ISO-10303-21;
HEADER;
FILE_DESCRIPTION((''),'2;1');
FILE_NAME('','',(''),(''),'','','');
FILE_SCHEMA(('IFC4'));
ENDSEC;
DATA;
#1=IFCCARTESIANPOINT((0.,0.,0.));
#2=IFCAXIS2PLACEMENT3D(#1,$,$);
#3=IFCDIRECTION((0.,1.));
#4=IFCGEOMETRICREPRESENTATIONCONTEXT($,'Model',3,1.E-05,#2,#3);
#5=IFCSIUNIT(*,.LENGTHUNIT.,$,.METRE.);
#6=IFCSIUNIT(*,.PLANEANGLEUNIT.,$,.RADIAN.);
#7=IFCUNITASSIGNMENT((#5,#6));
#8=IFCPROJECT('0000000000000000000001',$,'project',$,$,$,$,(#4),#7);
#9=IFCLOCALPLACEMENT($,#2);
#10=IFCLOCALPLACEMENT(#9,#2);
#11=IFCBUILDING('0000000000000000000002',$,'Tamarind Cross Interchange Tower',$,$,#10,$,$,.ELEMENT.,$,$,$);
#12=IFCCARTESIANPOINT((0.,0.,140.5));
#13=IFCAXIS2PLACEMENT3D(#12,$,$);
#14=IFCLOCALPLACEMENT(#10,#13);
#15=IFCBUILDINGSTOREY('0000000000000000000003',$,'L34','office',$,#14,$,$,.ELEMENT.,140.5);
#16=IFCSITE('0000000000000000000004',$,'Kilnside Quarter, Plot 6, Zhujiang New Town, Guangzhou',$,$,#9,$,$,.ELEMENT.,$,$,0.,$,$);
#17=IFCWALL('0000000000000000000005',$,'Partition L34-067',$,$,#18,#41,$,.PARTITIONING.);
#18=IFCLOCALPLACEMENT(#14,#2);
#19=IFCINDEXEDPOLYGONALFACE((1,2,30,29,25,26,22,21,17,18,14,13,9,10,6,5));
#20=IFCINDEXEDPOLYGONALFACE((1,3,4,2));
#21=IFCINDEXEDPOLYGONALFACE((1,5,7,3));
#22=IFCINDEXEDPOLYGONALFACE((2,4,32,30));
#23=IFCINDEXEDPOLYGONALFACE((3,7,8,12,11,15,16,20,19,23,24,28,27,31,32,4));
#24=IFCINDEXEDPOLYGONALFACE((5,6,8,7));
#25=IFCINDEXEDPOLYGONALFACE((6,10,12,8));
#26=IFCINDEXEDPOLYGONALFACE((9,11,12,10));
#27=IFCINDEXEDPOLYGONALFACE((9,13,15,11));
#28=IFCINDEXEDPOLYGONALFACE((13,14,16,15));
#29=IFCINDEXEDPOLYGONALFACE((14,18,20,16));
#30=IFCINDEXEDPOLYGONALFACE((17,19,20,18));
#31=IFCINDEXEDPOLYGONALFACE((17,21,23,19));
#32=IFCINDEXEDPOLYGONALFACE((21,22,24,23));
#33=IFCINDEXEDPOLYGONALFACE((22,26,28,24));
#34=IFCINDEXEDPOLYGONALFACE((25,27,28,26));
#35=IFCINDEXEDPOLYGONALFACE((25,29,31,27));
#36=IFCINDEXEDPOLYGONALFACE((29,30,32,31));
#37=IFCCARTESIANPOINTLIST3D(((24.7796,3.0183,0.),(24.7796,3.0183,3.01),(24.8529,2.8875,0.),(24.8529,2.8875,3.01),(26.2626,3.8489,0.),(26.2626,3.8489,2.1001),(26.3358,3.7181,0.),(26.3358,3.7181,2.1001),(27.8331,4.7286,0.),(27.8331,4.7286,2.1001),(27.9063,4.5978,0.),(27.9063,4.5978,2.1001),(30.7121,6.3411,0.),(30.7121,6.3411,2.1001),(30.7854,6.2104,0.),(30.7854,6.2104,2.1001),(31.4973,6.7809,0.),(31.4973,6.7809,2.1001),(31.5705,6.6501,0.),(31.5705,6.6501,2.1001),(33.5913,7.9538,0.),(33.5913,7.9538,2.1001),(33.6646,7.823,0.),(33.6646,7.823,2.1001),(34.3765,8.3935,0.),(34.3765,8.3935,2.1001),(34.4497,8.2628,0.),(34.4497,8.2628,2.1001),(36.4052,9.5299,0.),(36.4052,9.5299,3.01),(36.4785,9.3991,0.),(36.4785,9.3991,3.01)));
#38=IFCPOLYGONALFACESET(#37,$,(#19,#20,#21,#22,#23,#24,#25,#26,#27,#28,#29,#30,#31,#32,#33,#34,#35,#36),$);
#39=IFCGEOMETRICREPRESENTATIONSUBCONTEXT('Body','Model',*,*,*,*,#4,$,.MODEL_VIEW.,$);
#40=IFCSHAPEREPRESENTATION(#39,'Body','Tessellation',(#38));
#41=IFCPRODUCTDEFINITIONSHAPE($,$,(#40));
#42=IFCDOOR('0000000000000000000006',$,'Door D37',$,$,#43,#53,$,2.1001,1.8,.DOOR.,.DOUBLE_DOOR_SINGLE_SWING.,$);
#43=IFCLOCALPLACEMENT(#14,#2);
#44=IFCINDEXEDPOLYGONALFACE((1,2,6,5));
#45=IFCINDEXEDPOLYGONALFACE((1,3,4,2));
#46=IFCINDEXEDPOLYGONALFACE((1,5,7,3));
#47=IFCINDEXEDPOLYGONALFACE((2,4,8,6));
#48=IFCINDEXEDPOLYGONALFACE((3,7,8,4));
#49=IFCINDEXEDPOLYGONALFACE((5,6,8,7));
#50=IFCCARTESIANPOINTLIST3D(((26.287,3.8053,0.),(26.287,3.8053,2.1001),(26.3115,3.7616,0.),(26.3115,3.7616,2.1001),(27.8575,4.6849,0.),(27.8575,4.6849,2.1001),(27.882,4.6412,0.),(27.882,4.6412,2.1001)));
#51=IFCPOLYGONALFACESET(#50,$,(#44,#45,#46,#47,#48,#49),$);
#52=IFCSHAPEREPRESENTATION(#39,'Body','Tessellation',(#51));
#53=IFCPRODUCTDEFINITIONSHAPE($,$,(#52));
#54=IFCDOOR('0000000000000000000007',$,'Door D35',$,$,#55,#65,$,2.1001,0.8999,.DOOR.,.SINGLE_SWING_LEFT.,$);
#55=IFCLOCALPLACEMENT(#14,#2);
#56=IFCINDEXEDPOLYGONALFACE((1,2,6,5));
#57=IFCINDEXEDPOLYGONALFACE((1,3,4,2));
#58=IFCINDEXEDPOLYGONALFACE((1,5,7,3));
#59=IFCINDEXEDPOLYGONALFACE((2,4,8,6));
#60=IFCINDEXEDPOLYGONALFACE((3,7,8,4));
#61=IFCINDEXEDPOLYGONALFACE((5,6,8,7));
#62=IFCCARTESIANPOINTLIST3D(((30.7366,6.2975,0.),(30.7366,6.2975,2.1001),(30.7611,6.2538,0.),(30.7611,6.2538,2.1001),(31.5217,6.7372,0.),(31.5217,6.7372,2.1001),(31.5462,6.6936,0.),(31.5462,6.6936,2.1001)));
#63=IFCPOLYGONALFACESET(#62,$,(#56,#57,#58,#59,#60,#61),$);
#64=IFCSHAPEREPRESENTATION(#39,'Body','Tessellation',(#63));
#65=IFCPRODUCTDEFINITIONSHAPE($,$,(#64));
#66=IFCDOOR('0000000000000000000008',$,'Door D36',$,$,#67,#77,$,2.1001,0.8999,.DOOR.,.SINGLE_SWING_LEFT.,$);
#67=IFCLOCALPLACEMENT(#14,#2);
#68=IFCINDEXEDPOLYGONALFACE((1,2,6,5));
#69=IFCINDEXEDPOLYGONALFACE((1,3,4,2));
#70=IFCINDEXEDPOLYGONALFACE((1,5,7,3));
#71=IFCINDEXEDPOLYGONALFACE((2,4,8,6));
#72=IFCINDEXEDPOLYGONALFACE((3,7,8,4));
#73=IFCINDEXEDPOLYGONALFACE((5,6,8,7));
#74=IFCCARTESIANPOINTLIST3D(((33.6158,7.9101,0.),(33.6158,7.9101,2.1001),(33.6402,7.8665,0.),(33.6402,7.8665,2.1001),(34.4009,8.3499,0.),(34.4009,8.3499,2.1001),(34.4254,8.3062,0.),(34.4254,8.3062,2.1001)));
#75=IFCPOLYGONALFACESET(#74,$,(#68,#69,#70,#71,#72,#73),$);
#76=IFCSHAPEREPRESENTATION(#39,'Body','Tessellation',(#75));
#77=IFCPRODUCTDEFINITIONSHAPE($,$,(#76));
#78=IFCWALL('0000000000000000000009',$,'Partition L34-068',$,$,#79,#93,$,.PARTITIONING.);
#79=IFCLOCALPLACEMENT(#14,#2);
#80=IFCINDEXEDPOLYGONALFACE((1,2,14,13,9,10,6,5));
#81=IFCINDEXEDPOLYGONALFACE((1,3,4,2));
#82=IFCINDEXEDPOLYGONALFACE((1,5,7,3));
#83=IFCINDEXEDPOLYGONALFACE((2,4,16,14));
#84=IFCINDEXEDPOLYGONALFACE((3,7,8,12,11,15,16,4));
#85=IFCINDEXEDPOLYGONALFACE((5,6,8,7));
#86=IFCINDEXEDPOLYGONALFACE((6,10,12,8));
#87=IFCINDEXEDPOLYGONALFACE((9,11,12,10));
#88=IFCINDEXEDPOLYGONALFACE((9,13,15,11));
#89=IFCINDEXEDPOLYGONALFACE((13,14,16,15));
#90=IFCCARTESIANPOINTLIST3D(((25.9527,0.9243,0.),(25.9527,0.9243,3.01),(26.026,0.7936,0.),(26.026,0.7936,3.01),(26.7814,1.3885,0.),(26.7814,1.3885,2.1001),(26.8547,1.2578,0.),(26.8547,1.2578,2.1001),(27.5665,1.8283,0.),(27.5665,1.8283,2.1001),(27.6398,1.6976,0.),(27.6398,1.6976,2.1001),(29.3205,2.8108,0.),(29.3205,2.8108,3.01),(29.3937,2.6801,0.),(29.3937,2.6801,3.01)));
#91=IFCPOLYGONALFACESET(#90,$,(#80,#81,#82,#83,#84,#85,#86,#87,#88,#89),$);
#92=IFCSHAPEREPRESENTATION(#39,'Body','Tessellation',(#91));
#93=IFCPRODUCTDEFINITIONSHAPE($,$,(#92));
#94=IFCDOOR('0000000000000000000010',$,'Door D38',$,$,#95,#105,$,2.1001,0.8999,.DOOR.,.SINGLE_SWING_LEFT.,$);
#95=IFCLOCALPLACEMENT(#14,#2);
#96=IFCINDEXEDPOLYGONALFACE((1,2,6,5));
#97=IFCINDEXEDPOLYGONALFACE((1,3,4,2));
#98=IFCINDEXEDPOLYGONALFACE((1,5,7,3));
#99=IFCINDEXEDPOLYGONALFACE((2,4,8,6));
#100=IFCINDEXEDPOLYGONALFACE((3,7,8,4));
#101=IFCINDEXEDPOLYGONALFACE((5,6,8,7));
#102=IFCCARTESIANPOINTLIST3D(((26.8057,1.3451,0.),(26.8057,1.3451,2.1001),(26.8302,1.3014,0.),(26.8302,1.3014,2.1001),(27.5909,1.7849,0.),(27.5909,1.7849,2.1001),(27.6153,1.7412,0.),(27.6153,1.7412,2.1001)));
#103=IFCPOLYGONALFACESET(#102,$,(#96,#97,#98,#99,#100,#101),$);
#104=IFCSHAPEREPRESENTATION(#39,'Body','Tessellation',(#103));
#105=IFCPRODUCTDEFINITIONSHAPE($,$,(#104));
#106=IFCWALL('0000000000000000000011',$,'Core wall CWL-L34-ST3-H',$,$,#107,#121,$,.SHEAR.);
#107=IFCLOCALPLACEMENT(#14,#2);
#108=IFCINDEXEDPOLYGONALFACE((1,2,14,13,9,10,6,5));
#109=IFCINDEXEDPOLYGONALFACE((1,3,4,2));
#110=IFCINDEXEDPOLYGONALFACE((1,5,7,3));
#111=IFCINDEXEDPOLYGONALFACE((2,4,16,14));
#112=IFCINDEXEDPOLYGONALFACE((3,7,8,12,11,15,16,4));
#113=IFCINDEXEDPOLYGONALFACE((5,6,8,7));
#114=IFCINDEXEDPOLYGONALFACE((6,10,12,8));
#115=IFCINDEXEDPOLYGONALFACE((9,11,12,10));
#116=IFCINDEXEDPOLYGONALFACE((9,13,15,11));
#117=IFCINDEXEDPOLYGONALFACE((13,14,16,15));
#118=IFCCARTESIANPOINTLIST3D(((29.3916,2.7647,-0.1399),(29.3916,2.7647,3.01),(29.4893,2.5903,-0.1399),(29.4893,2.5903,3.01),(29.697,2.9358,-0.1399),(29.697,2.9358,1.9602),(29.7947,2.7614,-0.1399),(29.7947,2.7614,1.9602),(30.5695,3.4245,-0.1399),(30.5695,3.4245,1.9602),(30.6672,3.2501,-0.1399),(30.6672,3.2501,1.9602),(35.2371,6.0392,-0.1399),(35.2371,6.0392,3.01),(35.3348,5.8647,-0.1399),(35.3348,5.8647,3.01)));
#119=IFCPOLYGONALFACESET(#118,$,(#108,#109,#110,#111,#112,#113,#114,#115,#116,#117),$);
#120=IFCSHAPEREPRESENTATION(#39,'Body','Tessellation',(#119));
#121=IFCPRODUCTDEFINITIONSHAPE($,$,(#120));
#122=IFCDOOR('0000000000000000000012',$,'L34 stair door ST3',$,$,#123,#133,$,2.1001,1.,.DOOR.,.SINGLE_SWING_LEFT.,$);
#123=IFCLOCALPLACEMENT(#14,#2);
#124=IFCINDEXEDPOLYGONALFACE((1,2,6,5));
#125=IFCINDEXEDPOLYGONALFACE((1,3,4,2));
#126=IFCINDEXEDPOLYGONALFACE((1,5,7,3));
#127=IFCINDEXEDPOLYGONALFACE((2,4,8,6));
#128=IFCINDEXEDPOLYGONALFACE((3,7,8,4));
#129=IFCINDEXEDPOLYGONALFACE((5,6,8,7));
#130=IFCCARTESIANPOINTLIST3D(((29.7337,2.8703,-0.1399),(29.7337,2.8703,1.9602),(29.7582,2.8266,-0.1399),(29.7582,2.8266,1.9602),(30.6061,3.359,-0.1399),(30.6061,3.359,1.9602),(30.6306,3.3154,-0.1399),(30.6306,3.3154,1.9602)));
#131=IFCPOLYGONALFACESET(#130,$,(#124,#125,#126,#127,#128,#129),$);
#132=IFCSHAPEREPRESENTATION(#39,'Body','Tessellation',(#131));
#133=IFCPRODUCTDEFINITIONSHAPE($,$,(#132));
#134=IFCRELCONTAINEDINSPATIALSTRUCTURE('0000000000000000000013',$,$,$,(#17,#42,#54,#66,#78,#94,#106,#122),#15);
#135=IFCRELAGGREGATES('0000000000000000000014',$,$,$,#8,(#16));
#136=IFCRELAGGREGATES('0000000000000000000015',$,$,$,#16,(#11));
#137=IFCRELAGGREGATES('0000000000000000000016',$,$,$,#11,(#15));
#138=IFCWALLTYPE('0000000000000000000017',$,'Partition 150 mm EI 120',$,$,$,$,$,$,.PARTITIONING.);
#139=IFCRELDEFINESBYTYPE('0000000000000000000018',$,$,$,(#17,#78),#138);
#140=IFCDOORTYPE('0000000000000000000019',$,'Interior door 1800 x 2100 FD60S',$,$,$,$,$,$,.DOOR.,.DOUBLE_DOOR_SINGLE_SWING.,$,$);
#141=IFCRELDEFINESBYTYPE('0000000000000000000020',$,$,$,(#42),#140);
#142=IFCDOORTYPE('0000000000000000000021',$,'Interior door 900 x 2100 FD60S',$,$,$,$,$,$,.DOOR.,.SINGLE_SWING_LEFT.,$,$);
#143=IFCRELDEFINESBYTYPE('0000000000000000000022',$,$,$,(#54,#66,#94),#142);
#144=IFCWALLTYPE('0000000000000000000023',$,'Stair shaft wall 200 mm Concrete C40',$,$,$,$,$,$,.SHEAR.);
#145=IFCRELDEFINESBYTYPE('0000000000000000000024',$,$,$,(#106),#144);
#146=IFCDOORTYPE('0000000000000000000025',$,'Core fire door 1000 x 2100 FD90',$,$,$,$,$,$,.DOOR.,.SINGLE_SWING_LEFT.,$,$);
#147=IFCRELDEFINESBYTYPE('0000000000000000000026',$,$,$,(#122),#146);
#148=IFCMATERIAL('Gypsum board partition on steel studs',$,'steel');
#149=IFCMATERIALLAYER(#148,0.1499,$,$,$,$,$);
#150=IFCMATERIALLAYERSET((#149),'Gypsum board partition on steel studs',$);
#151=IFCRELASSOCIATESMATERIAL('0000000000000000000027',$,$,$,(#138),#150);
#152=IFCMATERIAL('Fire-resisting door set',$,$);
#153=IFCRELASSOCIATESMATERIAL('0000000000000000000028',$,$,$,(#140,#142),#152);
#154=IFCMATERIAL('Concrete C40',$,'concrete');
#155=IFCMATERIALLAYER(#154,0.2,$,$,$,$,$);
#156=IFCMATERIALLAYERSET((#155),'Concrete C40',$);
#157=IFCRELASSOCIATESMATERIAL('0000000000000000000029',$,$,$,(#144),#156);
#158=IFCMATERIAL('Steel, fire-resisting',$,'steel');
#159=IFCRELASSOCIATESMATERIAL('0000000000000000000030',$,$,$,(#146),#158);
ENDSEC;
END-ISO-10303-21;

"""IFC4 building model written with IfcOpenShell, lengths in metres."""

from ifc_helpers import new_model, si_unit, direction, frame, frame_2d, origin, place, context, subcontext, project, spatial, rectangle, extrude, material, layer, layer_set, type_object, element, fill, save


model = new_model("IFC4")

# Units and contexts
model_context = context("Model", 3, precision=1e-05, world=origin(), true_north=direction((0.0, 1.0)))
body_context = subcontext(model_context, "Body", "Model", "MODEL_VIEW")
ifc_project = project(units=[si_unit("LENGTHUNIT", "METRE"), si_unit("PLANEANGLEUNIT", "RADIAN")], contexts=[model_context])

# Site, building, storey
site_placement = place(None, origin())
site = spatial("IfcSite", under=ifc_project, at=site_placement, Name="Kilnside Quarter, Plot 6, Zhujiang New Town, Guangzhou", CompositionType="ELEMENT", RefElevation=0.0)
building_placement = place(site_placement, origin())
building = spatial("IfcBuilding", under=site, at=building_placement, Name="Tamarind Cross Interchange Tower", CompositionType="ELEMENT")
storey_placement = place(building_placement, frame((0.0, 0.0, 140.5)))
storey = spatial("IfcBuildingStorey", under=building, at=storey_placement, Name="L34", Description="office", CompositionType="ELEMENT", Elevation=140.5)

# Shared definitions
ifc_material_1 = material(Name="Gypsum board partition on steel studs", Category="steel")
ifc_layer_1 = layer(ifc_material_1, 0.1499)
ifc_layer_set_1 = layer_set([ifc_layer_1], Name="Gypsum board partition on steel studs")
wall_type_1 = type_object("IfcWallType", Name="Partition 150 mm EI 120", PredefinedType="PARTITIONING", material=ifc_layer_set_1)

# Wall, openings, doors
wall_1_placement = place(storey_placement, frame((24.8162, 2.9529, 0.0), z_axis=(0.0, 0.0, 1.0), x_axis=(0.872468, 0.488672, 0.0)))
wall_1 = element("IfcWall", 1, at=wall_1_placement, inside=storey, type_object=wall_type_1, Name="Partition L34-067", PredefinedType="PARTITIONING", context=body_context, shape_type="SweptSolid", body=[
    extrude(rectangle(XDim=13.325, YDim=0.1499, at=frame_2d((6.6626, 0.0))), origin(), (0.0, 0.0, 1.0), 3.01),
])
opening_1_placement = place(wall_1_placement, frame((6.7998, 0.0, 0.0)))
opening_1 = element("IfcOpeningElement", 2, at=opening_1_placement, cuts=wall_1, PredefinedType="OPENING", context=body_context, shape_type="SweptSolid", body=[
    extrude(rectangle(XDim=0.8999, YDim=2.1001, at=frame_2d((0.45, 1.05))), frame((0.0, 0.085, 0.0), z_axis=(0.0, -1.0, 0.0), x_axis=(1.0, 0.0, 0.0)), (0.0, 0.0, 1.0), 0.1699),
])
opening_2_placement = place(wall_1_placement, frame((10.0999, 0.0, 0.0)))
opening_2 = element("IfcOpeningElement", 3, at=opening_2_placement, cuts=wall_1, PredefinedType="OPENING", context=body_context, shape_type="SweptSolid", body=[
    extrude(rectangle(XDim=0.8999, YDim=2.1001, at=frame_2d((0.45, 1.05))), frame((0.0, 0.085, 0.0), z_axis=(0.0, -1.0, 0.0), x_axis=(1.0, 0.0, 0.0)), (0.0, 0.0, 1.0), 0.1699),
])
opening_3_placement = place(wall_1_placement, frame((1.7, 0.0, 0.0)))
opening_3 = element("IfcOpeningElement", 4, at=opening_3_placement, cuts=wall_1, PredefinedType="OPENING", context=body_context, shape_type="SweptSolid", body=[
    extrude(rectangle(XDim=1.8, YDim=2.1001, at=frame_2d((0.8999, 1.05))), frame((0.0, 0.085, 0.0), z_axis=(0.0, -1.0, 0.0), x_axis=(1.0, 0.0, 0.0)), (0.0, 0.0, 1.0), 0.1699),
])
ifc_material_2 = material(Name="Fire-resisting door set")
door_type_1 = type_object("IfcDoorType", Name="Interior door 1800 x 2100 FD60S", OperationType="DOUBLE_DOOR_SINGLE_SWING", PredefinedType="DOOR", material=ifc_material_2)
door_1_placement = place(opening_3_placement, origin())
door_1 = element("IfcDoor", 5, at=door_1_placement, inside=storey, type_object=door_type_1, Name="Door D37", OperationType="DOUBLE_DOOR_SINGLE_SWING", OverallHeight=2.1001, OverallWidth=1.8, PredefinedType="DOOR", context=body_context, shape_type="SweptSolid", body=[
    extrude(rectangle(XDim=1.8, YDim=2.1001, at=frame_2d((0.8999, 1.05))), frame((0.0, 0.0249, 0.0), z_axis=(0.0, -1.0, 0.0), x_axis=(1.0, 0.0, 0.0)), (0.0, 0.0, 1.0), 0.05),
])
fill(opening_3, door_1)
door_type_2 = type_object("IfcDoorType", Name="Interior door 900 x 2100 FD60S", OperationType="SINGLE_SWING_LEFT", PredefinedType="DOOR", material=ifc_material_2)
door_2_placement = place(opening_1_placement, origin())
door_2 = element("IfcDoor", 6, at=door_2_placement, inside=storey, type_object=door_type_2, Name="Door D35", OperationType="SINGLE_SWING_LEFT", OverallHeight=2.1001, OverallWidth=0.8999, PredefinedType="DOOR", context=body_context, shape_type="SweptSolid", body=[
    extrude(rectangle(XDim=0.8999, YDim=2.1001, at=frame_2d((0.45, 1.05))), frame((0.0, 0.0249, 0.0), z_axis=(0.0, -1.0, 0.0), x_axis=(1.0, 0.0, 0.0)), (0.0, 0.0, 1.0), 0.05),
])
fill(opening_1, door_2)
door_3_placement = place(opening_2_placement, origin())
door_3 = element("IfcDoor", 7, at=door_3_placement, inside=storey, type_object=door_type_2, Name="Door D36", OperationType="SINGLE_SWING_LEFT", OverallHeight=2.1001, OverallWidth=0.8999, PredefinedType="DOOR", context=body_context, shape_type="SweptSolid", body=[
    extrude(rectangle(XDim=0.8999, YDim=2.1001, at=frame_2d((0.45, 1.05))), frame((0.0, 0.0249, 0.0), z_axis=(0.0, -1.0, 0.0), x_axis=(1.0, 0.0, 0.0)), (0.0, 0.0, 1.0), 0.05),
])
fill(opening_2, door_3)

# Walls, openings, doors
wall_2_placement = place(storey_placement, frame((25.9893, 0.8589, 0.0), z_axis=(0.0, 0.0, 1.0), x_axis=(0.872442, 0.488717, 0.0)))
wall_2 = element("IfcWall", 8, at=wall_2_placement, inside=storey, type_object=wall_type_1, Name="Partition L34-068", PredefinedType="PARTITIONING", context=body_context, shape_type="SweptSolid", body=[
    extrude(rectangle(XDim=3.8601, YDim=0.1499, at=frame_2d((1.9302, 0.0))), origin(), (0.0, 0.0, 1.0), 3.01),
])
opening_4_placement = place(wall_2_placement, frame((0.95, 0.0, 0.0)))
opening_4 = element("IfcOpeningElement", 9, at=opening_4_placement, cuts=wall_2, PredefinedType="OPENING", context=body_context, shape_type="SweptSolid", body=[
    extrude(rectangle(XDim=0.8999, YDim=2.1001, at=frame_2d((0.45, 1.05))), frame((0.0, 0.085, 0.0), z_axis=(0.0, -1.0, 0.0), x_axis=(1.0, 0.0, 0.0)), (0.0, 0.0, 1.0), 0.1699),
])
door_4_placement = place(opening_4_placement, frame((0.8999, 0.0, 0.0), z_axis=(0.0, 0.0, 1.0), x_axis=(-1.0, 0.0, 0.0)))
door_4 = element("IfcDoor", 10, at=door_4_placement, inside=storey, type_object=door_type_2, Name="Door D38", OperationType="SINGLE_SWING_LEFT", OverallHeight=2.1001, OverallWidth=0.8999, PredefinedType="DOOR", context=body_context, shape_type="SweptSolid", body=[
    extrude(rectangle(XDim=0.8999, YDim=2.1001, at=frame_2d((0.45, 1.05))), frame((0.0, 0.0249, 0.0), z_axis=(0.0, -1.0, 0.0), x_axis=(1.0, 0.0, 0.0)), (0.0, 0.0, 1.0), 0.05),
])
fill(opening_4, door_4)
ifc_material_3 = material(Name="Concrete C40", Category="concrete")
ifc_layer_2 = layer(ifc_material_3, 0.2)
ifc_layer_set_2 = layer_set([ifc_layer_2], Name="Concrete C40")
wall_type_2 = type_object("IfcWallType", Name="Stair shaft wall 200 mm Concrete C40", PredefinedType="SHEAR", material=ifc_layer_set_2)
wall_3_placement = place(storey_placement, frame((29.4404, 2.6775, -0.1399), z_axis=(0.0, 0.0, 1.0), x_axis=(0.872445, 0.488712, 0.0)))
wall_3 = element("IfcWall", 11, at=wall_3_placement, inside=storey, type_object=wall_type_2, Name="Core wall CWL-L34-ST3-H", PredefinedType="SHEAR", context=body_context, shape_type="SweptSolid", body=[
    extrude(rectangle(XDim=6.7002, YDim=0.2, at=frame_2d((3.3501, 0.0))), origin(), (0.0, 0.0, 1.0), 3.1499),
])
opening_5_placement = place(wall_3_placement, frame((0.3501, 0.0, 0.0)))
opening_5 = element("IfcOpeningElement", 12, at=opening_5_placement, cuts=wall_3, PredefinedType="OPENING", context=body_context, shape_type="SweptSolid", body=[
    extrude(rectangle(XDim=1.0, YDim=2.1001, at=frame_2d((0.5, 1.05))), frame((0.0, 0.1099, 0.0), z_axis=(0.0, -1.0, 0.0), x_axis=(1.0, 0.0, 0.0)), (0.0, 0.0, 1.0), 0.22),
])
ifc_material_4 = material(Name="Steel, fire-resisting", Category="steel")
door_type_3 = type_object("IfcDoorType", Name="Core fire door 1000 x 2100 FD90", OperationType="SINGLE_SWING_LEFT", PredefinedType="DOOR", material=ifc_material_4)
door_5_placement = place(opening_5_placement, origin())
door_5 = element("IfcDoor", 13, at=door_5_placement, inside=storey, type_object=door_type_3, Name="L34 stair door ST3", OperationType="SINGLE_SWING_LEFT", OverallHeight=2.1001, OverallWidth=1.0, PredefinedType="DOOR", context=body_context, shape_type="SweptSolid", body=[
    extrude(rectangle(XDim=1.0, YDim=2.1001, at=frame_2d((0.5, 1.05))), frame((0.0, 0.0249, 0.0), z_axis=(0.0, -1.0, 0.0), x_axis=(1.0, 0.0, 0.0)), (0.0, 0.0, 1.0), 0.05),
])
fill(opening_5, door_5)

save(model, "model.ifc")
